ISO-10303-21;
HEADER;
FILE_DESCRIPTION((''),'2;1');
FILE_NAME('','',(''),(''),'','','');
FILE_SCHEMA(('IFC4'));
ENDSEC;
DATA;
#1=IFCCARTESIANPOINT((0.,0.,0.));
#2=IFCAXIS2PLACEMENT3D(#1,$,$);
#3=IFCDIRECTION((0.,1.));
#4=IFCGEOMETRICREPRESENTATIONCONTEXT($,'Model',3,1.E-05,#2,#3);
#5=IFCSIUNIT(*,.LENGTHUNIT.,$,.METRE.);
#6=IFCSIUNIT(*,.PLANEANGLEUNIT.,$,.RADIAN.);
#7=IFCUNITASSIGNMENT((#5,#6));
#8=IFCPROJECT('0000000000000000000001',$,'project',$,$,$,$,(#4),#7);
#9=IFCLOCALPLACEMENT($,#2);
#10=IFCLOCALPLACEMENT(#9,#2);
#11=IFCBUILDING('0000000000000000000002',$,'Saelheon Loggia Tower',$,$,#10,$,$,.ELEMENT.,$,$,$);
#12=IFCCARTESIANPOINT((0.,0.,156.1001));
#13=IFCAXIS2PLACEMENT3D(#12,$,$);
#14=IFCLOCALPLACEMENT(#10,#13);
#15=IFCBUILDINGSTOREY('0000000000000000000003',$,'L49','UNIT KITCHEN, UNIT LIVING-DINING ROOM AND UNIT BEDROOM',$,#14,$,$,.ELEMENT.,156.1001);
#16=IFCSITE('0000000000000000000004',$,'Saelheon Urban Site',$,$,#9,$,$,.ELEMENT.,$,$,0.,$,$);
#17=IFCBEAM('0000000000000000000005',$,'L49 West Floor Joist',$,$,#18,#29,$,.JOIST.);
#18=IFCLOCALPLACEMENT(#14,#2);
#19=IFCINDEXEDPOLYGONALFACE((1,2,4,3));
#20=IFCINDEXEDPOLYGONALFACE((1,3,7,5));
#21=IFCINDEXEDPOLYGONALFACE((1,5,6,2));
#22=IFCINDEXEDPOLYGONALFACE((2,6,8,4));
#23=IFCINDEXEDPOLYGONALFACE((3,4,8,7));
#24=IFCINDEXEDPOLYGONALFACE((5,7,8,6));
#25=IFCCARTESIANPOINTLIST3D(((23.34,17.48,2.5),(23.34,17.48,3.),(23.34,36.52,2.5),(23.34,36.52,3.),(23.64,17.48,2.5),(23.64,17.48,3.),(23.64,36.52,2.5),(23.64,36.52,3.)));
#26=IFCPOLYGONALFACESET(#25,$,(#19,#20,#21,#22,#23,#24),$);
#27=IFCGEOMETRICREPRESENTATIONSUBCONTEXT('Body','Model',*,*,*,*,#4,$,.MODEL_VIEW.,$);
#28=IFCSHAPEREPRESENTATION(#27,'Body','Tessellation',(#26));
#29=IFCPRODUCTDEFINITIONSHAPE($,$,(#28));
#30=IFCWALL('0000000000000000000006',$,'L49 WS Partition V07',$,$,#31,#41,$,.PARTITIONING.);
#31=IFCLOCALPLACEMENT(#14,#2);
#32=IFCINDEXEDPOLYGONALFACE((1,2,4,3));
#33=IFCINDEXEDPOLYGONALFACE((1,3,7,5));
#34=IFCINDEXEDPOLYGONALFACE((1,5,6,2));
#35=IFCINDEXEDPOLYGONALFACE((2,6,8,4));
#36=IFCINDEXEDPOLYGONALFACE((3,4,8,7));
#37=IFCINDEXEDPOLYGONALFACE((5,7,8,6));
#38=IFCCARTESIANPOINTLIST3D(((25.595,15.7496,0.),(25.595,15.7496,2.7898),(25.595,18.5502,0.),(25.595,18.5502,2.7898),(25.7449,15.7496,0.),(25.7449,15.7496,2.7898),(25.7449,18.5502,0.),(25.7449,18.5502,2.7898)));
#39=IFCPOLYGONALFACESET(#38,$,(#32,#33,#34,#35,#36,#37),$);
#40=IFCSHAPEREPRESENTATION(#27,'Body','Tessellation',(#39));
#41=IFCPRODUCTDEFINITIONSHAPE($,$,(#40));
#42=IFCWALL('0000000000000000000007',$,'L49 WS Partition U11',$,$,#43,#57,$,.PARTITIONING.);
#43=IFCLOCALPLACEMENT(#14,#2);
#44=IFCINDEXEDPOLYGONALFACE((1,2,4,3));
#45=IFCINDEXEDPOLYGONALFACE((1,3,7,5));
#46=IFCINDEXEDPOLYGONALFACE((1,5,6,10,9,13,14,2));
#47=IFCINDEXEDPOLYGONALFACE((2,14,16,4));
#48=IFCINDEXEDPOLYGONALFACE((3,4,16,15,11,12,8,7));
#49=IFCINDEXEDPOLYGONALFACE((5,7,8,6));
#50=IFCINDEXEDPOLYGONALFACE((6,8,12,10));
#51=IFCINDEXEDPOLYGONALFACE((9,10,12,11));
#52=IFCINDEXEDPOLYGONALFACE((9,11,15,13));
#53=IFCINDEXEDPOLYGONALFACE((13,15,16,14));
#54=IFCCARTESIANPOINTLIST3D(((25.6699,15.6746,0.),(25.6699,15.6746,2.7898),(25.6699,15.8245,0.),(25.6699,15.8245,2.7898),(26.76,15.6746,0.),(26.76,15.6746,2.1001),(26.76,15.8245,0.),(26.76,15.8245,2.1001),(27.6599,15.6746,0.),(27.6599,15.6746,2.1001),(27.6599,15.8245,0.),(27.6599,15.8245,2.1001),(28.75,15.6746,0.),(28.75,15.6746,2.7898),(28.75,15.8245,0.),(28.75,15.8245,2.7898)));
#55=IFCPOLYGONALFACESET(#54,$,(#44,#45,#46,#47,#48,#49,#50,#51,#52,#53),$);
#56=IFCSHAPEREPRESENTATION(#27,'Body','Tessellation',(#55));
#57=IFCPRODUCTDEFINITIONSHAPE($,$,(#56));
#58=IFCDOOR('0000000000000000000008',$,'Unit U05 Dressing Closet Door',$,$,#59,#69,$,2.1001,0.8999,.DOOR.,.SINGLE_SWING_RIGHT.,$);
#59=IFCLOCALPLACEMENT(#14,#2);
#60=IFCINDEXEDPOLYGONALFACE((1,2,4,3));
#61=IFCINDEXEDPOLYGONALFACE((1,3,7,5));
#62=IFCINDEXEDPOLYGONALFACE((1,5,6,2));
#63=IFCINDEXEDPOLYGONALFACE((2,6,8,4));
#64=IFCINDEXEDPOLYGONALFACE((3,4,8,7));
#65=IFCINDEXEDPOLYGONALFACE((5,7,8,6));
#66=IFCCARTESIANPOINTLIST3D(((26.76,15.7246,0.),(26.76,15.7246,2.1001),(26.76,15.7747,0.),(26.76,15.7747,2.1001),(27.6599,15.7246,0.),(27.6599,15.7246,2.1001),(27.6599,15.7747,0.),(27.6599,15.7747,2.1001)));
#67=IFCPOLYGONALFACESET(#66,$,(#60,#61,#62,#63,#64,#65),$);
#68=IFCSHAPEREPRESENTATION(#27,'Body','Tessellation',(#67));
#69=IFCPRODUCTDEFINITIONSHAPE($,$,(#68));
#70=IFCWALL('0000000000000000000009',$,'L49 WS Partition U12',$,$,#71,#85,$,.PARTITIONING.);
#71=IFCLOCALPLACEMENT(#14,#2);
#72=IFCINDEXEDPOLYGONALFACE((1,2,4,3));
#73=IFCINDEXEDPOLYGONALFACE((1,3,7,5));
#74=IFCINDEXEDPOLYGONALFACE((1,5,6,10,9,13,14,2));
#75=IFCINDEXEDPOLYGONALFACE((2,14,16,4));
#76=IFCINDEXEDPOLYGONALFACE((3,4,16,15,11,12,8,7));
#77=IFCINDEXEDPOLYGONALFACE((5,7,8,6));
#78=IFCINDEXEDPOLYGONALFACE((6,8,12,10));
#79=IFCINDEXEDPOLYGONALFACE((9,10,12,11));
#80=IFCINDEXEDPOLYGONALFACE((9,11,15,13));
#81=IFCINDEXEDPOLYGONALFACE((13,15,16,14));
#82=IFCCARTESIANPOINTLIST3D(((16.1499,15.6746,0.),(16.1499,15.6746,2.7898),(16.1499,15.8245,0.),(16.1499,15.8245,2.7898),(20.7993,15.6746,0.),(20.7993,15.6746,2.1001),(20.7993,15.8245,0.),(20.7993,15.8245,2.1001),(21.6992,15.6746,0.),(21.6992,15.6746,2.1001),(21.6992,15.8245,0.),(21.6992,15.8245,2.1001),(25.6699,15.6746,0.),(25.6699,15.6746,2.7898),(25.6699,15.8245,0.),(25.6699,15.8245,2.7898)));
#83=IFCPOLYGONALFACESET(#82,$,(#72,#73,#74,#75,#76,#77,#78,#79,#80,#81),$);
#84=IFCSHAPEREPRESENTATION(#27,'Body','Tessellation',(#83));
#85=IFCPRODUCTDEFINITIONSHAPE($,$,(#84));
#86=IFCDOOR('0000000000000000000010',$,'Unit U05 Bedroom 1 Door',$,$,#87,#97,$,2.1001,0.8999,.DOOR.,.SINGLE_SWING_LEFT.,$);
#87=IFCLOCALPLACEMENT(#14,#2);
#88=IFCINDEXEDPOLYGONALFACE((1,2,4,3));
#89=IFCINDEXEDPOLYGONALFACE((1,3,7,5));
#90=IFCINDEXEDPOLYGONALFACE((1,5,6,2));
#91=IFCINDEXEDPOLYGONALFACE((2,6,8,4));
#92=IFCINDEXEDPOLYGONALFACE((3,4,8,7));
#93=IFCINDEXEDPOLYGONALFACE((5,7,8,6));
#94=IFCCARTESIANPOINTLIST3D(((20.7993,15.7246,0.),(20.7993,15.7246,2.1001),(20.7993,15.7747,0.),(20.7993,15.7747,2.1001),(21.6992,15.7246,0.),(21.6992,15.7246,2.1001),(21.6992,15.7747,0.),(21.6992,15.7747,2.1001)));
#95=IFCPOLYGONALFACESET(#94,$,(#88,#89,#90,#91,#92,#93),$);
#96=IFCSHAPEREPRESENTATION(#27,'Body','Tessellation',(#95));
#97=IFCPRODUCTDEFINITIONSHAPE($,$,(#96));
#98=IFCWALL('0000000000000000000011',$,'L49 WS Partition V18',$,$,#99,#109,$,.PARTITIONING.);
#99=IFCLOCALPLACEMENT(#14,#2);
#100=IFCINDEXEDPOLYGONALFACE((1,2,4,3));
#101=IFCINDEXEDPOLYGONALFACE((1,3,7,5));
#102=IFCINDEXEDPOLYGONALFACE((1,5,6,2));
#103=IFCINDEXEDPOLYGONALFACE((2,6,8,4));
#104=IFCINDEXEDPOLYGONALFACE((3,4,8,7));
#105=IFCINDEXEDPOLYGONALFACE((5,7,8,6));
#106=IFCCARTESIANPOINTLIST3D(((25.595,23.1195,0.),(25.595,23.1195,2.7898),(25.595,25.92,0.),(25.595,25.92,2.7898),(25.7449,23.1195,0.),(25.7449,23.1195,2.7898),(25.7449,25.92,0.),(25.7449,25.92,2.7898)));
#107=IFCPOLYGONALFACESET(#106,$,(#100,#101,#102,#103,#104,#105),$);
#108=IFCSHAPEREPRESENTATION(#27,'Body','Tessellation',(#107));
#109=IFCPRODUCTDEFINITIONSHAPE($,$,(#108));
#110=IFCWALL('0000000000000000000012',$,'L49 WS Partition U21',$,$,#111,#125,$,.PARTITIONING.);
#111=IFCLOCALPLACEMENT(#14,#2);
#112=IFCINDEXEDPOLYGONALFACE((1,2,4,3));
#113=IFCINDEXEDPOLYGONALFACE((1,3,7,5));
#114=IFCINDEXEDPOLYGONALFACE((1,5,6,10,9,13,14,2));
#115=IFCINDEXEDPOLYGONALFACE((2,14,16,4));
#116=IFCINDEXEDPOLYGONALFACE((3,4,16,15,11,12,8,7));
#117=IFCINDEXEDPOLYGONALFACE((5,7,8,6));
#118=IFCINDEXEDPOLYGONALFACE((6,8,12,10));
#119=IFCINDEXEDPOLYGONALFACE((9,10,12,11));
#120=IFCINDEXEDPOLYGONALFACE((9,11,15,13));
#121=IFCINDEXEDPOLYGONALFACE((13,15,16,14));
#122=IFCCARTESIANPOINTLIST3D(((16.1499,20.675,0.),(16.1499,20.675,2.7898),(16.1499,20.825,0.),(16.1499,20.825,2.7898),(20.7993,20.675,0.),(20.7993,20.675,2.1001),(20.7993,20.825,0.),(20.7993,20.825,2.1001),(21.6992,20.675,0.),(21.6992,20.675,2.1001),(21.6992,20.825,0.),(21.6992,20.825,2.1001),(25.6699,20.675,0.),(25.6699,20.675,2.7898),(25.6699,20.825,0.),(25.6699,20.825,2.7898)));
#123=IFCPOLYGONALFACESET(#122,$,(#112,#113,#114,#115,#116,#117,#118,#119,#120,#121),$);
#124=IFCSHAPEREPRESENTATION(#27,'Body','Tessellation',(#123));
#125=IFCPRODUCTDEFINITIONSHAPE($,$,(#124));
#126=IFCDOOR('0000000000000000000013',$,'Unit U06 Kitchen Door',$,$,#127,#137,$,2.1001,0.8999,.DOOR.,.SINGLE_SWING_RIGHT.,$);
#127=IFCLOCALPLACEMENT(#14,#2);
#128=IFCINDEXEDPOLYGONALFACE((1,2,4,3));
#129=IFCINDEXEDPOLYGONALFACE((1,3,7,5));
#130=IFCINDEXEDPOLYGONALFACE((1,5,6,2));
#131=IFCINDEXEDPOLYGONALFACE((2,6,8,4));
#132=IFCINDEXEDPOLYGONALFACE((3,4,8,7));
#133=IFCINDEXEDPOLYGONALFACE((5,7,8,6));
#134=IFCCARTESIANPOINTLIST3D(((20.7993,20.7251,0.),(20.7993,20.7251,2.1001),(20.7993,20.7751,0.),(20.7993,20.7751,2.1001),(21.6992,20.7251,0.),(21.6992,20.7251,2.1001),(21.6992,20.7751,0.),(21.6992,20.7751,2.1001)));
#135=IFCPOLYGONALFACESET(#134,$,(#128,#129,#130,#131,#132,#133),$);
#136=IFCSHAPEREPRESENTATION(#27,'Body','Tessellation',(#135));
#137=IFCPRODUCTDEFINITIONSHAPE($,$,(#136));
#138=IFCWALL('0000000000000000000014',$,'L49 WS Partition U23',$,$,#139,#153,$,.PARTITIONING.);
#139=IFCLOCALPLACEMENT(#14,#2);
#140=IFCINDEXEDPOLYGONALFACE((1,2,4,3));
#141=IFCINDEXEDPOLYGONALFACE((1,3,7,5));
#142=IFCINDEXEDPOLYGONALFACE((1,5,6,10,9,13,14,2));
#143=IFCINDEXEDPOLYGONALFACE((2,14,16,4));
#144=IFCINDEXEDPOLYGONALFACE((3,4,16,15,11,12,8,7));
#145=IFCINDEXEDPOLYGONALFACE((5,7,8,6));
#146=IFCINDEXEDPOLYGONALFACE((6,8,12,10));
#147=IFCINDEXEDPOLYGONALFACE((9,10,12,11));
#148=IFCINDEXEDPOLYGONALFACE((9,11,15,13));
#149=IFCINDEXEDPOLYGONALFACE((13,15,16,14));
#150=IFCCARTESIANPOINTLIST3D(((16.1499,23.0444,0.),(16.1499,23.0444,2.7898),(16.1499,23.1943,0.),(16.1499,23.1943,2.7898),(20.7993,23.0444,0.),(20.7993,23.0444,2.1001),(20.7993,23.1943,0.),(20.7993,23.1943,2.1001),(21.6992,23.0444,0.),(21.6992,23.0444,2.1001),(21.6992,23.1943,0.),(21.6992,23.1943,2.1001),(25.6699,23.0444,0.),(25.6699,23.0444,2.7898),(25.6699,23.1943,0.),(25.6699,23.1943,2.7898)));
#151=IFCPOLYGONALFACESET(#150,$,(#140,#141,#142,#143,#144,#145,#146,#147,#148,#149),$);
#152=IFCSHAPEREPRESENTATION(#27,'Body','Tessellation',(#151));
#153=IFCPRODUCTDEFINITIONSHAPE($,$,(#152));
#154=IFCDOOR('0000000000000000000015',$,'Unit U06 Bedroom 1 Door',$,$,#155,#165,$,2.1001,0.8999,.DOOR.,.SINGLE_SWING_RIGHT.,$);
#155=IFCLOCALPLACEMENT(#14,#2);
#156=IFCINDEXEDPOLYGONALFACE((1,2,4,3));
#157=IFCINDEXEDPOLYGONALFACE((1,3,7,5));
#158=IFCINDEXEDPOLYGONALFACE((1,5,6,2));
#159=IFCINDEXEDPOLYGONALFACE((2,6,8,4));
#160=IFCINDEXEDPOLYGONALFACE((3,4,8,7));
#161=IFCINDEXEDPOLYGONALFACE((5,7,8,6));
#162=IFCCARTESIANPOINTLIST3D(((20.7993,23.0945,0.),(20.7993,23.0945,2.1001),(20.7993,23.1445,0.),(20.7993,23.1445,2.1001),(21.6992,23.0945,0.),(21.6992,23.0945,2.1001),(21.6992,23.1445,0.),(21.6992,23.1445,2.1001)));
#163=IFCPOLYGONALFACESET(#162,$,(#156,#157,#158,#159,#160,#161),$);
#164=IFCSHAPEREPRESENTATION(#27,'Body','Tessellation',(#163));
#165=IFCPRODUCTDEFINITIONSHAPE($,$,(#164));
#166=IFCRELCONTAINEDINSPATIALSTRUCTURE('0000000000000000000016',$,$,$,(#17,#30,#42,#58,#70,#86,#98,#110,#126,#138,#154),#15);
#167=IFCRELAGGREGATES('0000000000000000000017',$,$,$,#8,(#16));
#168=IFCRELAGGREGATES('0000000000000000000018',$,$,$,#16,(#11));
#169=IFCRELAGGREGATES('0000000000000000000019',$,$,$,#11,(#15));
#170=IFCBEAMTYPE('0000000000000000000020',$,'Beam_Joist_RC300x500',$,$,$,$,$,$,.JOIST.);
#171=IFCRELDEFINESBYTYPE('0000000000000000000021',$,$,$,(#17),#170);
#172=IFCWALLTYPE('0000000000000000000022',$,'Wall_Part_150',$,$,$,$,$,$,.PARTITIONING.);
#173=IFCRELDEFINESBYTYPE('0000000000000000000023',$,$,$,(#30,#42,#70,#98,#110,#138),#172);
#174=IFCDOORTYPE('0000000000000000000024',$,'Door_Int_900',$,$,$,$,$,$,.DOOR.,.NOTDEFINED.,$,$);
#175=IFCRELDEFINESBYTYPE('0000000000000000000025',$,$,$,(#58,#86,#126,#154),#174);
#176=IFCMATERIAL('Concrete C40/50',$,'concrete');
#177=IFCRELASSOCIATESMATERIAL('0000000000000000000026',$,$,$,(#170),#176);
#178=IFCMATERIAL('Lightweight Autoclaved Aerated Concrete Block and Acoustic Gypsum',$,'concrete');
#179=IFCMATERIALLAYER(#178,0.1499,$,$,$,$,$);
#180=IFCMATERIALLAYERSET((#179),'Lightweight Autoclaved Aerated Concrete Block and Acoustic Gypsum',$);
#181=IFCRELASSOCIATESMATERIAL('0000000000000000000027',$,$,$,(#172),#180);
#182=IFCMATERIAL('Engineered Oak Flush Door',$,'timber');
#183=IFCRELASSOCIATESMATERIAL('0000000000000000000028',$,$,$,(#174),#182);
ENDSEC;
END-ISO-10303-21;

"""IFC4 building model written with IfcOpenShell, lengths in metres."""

from ifc_helpers import new_model, si_unit, direction, frame, frame_2d, origin, origin_2d, place, context, subcontext, project, spatial, rectangle, extrude, source, transform, mapped, material, layer, layer_set, material_profile, profile_set, type_object, element, fill, save


model = new_model("IFC4")

# Units and contexts
model_context = context("Model", 3, precision=1e-05, world=origin(), true_north=direction((0.0, 1.0)))
body_context = subcontext(model_context, "Body", "Model", "MODEL_VIEW")
ifc_project = project(units=[si_unit("LENGTHUNIT", "METRE"), si_unit("PLANEANGLEUNIT", "RADIAN")], contexts=[model_context])

# Site, building, storey
site_placement = place(None, origin())
site = spatial("IfcSite", under=ifc_project, at=site_placement, Name="Saelheon Urban Site", CompositionType="ELEMENT", RefElevation=0.0)
building_placement = place(site_placement, origin())
building = spatial("IfcBuilding", under=site, at=building_placement, Name="Saelheon Loggia Tower", CompositionType="ELEMENT")
storey_placement = place(building_placement, frame((0.0, 0.0, 156.1001)))
storey = spatial("IfcBuildingStorey", under=building, at=storey_placement, Name="L49", Description="UNIT KITCHEN, UNIT LIVING-DINING ROOM AND UNIT BEDROOM", CompositionType="ELEMENT", Elevation=156.1001)

# Beam
ifc_material_1 = material(Name="Concrete C40/50", Category="concrete")
ifc_material_profile = material_profile(ifc_material_1, rectangle(XDim=0.3, YDim=0.5, at=origin_2d()), Name="RC-300x500")
ifc_profile_set = profile_set([ifc_material_profile], Name="Concrete C40/50")
beam_type = type_object("IfcBeamType", Name="Beam_Joist_RC300x500", PredefinedType="JOIST", material=ifc_profile_set)
shared_shape_1 = source(origin(), body_context, "Body", "SweptSolid", [
    extrude(rectangle(XDim=0.3, YDim=0.5, at=origin_2d()), origin(), (0.0, 0.0, 1.0), 19.04),
])
beam_placement = place(storey_placement, frame((23.49, 17.48, 2.75), z_axis=(0.0, 1.0, 0.0), x_axis=(-1.0, 0.0, 0.0)))
element("IfcBeam", 1, at=beam_placement, inside=storey, type_object=beam_type, Name="L49 West Floor Joist", PredefinedType="JOIST", context=body_context, shape_type="MappedRepresentation", body=[
    mapped(shared_shape_1, transform((0.0, 0.0, 0.0), scale=1.0)),
])

# Wall
ifc_material_2 = material(Name="Lightweight Autoclaved Aerated Concrete Block and Acoustic Gypsum", Category="concrete")
ifc_layer_1 = layer(ifc_material_2, 0.1499)
ifc_layer_set_1 = layer_set([ifc_layer_1], Name="Lightweight Autoclaved Aerated Concrete Block and Acoustic Gypsum")
wall_type_1 = type_object("IfcWallType", Name="Wall_Part_150", PredefinedType="PARTITIONING", material=ifc_layer_set_1)
wall_1_placement = place(storey_placement, frame((25.6699, 15.7495, 0.0), z_axis=(0.0, 0.0, 1.0), x_axis=(0.0, 1.0, 0.0)))
element("IfcWall", 2, at=wall_1_placement, inside=storey, type_object=wall_type_1, Name="L49 WS Partition V07", PredefinedType="PARTITIONING", context=body_context, shape_type="SweptSolid", body=[
    extrude(rectangle(XDim=2.8005, YDim=0.1499, at=frame_2d((1.4004, 0.0))), origin(), (0.0, 0.0, 1.0), 2.7898),
])

# Walls, openings, doors
wall_2_placement = place(storey_placement, frame((28.75, 15.7495, 0.0), z_axis=(0.0, 0.0, 1.0), x_axis=(-1.0, 0.0, 0.0)))
wall_2 = element("IfcWall", 3, at=wall_2_placement, inside=storey, type_object=wall_type_1, Name="L49 WS Partition U11", PredefinedType="PARTITIONING", context=body_context, shape_type="SweptSolid", body=[
    extrude(rectangle(XDim=3.0801, YDim=0.1499, at=frame_2d((1.54, 0.0))), origin(), (0.0, 0.0, 1.0), 2.7898),
])
opening_1_placement = place(wall_2_placement, frame((1.0901, 0.0, 0.0)))
opening_1 = element("IfcOpeningElement", 4, at=opening_1_placement, cuts=wall_2, PredefinedType="OPENING", context=body_context, shape_type="SweptSolid", body=[
    extrude(rectangle(XDim=0.8999, YDim=2.1001, at=frame_2d((0.45, 1.05))), frame((0.0, 0.0869, 0.0), z_axis=(0.0, -1.0, 0.0), x_axis=(1.0, 0.0, 0.0)), (0.0, 0.0, 1.0), 0.1738),
])
ifc_material_3 = material(Name="Engineered Oak Flush Door", Category="timber")
door_type_1 = type_object("IfcDoorType", Name="Door_Int_900", OperationType="NOTDEFINED", PredefinedType="DOOR", material=ifc_material_3)
shared_shape_2 = source(origin(), body_context, "Body", "SweptSolid", [
    extrude(rectangle(XDim=0.8999, YDim=2.1001, at=frame_2d((0.45, 1.05))), frame((0.0, 0.0249, 0.0), z_axis=(0.0, -1.0, 0.0), x_axis=(1.0, 0.0, 0.0)), (0.0, 0.0, 1.0), 0.05),
])
door_1_placement = place(opening_1_placement, origin())
door_1 = element("IfcDoor", 5, at=door_1_placement, inside=storey, type_object=door_type_1, Name="Unit U05 Dressing Closet Door", OperationType="SINGLE_SWING_RIGHT", OverallHeight=2.1001, OverallWidth=0.8999, PredefinedType="DOOR", context=body_context, shape_type="MappedRepresentation", body=[
    mapped(shared_shape_2, transform((0.0, 0.0, 0.0), scale=1.0)),
])
fill(opening_1, door_1)
wall_3_placement = place(storey_placement, frame((25.6699, 15.7495, 0.0), z_axis=(0.0, 0.0, 1.0), x_axis=(-1.0, 0.0, 0.0)))
wall_3 = element("IfcWall", 6, at=wall_3_placement, inside=storey, type_object=wall_type_1, Name="L49 WS Partition U12", PredefinedType="PARTITIONING", context=body_context, shape_type="SweptSolid", body=[
    extrude(rectangle(XDim=9.52, YDim=0.1499, at=frame_2d((4.76, 0.0))), origin(), (0.0, 0.0, 1.0), 2.7898),
])
opening_2_placement = place(wall_3_placement, frame((3.9707, 0.0, 0.0)))
opening_2 = element("IfcOpeningElement", 7, at=opening_2_placement, cuts=wall_3, PredefinedType="OPENING", context=body_context, shape_type="SweptSolid", body=[
    extrude(rectangle(XDim=0.8999, YDim=2.1001, at=frame_2d((0.45, 1.05))), frame((0.0, 0.0869, 0.0), z_axis=(0.0, -1.0, 0.0), x_axis=(1.0, 0.0, 0.0)), (0.0, 0.0, 1.0), 0.1738),
])
door_2_placement = place(opening_2_placement, origin())
door_2 = element("IfcDoor", 8, at=door_2_placement, inside=storey, type_object=door_type_1, Name="Unit U05 Bedroom 1 Door", OperationType="SINGLE_SWING_LEFT", OverallHeight=2.1001, OverallWidth=0.8999, PredefinedType="DOOR", context=body_context, shape_type="MappedRepresentation", body=[
    mapped(shared_shape_2, transform((0.0, 0.0, 0.0), scale=1.0)),
])
fill(opening_2, door_2)

# Wall
wall_4_placement = place(storey_placement, frame((25.6699, 23.1194, 0.0), z_axis=(0.0, 0.0, 1.0), x_axis=(0.0, 1.0, 0.0)))
element("IfcWall", 9, at=wall_4_placement, inside=storey, type_object=wall_type_1, Name="L49 WS Partition V18", PredefinedType="PARTITIONING", context=body_context, shape_type="SweptSolid", body=[
    extrude(rectangle(XDim=2.8005, YDim=0.1499, at=frame_2d((1.4004, 0.0))), origin(), (0.0, 0.0, 1.0), 2.7898),
])

# Walls, openings, doors
wall_5_placement = place(storey_placement, frame((25.6699, 20.75, 0.0), z_axis=(0.0, 0.0, 1.0), x_axis=(-1.0, 0.0, 0.0)))
wall_5 = element("IfcWall", 10, at=wall_5_placement, inside=storey, type_object=wall_type_1, Name="L49 WS Partition U21", PredefinedType="PARTITIONING", context=body_context, shape_type="SweptSolid", body=[
    extrude(rectangle(XDim=9.52, YDim=0.1499, at=frame_2d((4.76, 0.0))), origin(), (0.0, 0.0, 1.0), 2.7898),
])
opening_3_placement = place(wall_5_placement, frame((3.9707, 0.0, 0.0)))
opening_3 = element("IfcOpeningElement", 11, at=opening_3_placement, cuts=wall_5, PredefinedType="OPENING", context=body_context, shape_type="SweptSolid", body=[
    extrude(rectangle(XDim=0.8999, YDim=2.1001, at=frame_2d((0.45, 1.05))), frame((0.0, 0.0869, 0.0), z_axis=(0.0, -1.0, 0.0), x_axis=(1.0, 0.0, 0.0)), (0.0, 0.0, 1.0), 0.1738),
])
door_3_placement = place(opening_3_placement, origin())
door_3 = element("IfcDoor", 12, at=door_3_placement, inside=storey, type_object=door_type_1, Name="Unit U06 Kitchen Door", OperationType="SINGLE_SWING_RIGHT", OverallHeight=2.1001, OverallWidth=0.8999, PredefinedType="DOOR", context=body_context, shape_type="MappedRepresentation", body=[
    mapped(shared_shape_2, transform((0.0, 0.0, 0.0), scale=1.0)),
])
fill(opening_3, door_3)
wall_6_placement = place(storey_placement, frame((25.6699, 23.1194, 0.0), z_axis=(0.0, 0.0, 1.0), x_axis=(-1.0, 0.0, 0.0)))
wall_6 = element("IfcWall", 13, at=wall_6_placement, inside=storey, type_object=wall_type_1, Name="L49 WS Partition U23", PredefinedType="PARTITIONING", context=body_context, shape_type="SweptSolid", body=[
    extrude(rectangle(XDim=9.52, YDim=0.1499, at=frame_2d((4.76, 0.0))), origin(), (0.0, 0.0, 1.0), 2.7898),
])
opening_4_placement = place(wall_6_placement, frame((3.9707, 0.0, 0.0)))
opening_4 = element("IfcOpeningElement", 14, at=opening_4_placement, cuts=wall_6, PredefinedType="OPENING", context=body_context, shape_type="SweptSolid", body=[
    extrude(rectangle(XDim=0.8999, YDim=2.1001, at=frame_2d((0.45, 1.05))), frame((0.0, 0.0869, 0.0), z_axis=(0.0, -1.0, 0.0), x_axis=(1.0, 0.0, 0.0)), (0.0, 0.0, 1.0), 0.1738),
])
door_4_placement = place(opening_4_placement, origin())
door_4 = element("IfcDoor", 15, at=door_4_placement, inside=storey, type_object=door_type_1, Name="Unit U06 Bedroom 1 Door", OperationType="SINGLE_SWING_RIGHT", OverallHeight=2.1001, OverallWidth=0.8999, PredefinedType="DOOR", context=body_context, shape_type="MappedRepresentation", body=[
    mapped(shared_shape_2, transform((0.0, 0.0, 0.0), scale=1.0)),
])
fill(opening_4, door_4)

save(model, "model.ifc")
